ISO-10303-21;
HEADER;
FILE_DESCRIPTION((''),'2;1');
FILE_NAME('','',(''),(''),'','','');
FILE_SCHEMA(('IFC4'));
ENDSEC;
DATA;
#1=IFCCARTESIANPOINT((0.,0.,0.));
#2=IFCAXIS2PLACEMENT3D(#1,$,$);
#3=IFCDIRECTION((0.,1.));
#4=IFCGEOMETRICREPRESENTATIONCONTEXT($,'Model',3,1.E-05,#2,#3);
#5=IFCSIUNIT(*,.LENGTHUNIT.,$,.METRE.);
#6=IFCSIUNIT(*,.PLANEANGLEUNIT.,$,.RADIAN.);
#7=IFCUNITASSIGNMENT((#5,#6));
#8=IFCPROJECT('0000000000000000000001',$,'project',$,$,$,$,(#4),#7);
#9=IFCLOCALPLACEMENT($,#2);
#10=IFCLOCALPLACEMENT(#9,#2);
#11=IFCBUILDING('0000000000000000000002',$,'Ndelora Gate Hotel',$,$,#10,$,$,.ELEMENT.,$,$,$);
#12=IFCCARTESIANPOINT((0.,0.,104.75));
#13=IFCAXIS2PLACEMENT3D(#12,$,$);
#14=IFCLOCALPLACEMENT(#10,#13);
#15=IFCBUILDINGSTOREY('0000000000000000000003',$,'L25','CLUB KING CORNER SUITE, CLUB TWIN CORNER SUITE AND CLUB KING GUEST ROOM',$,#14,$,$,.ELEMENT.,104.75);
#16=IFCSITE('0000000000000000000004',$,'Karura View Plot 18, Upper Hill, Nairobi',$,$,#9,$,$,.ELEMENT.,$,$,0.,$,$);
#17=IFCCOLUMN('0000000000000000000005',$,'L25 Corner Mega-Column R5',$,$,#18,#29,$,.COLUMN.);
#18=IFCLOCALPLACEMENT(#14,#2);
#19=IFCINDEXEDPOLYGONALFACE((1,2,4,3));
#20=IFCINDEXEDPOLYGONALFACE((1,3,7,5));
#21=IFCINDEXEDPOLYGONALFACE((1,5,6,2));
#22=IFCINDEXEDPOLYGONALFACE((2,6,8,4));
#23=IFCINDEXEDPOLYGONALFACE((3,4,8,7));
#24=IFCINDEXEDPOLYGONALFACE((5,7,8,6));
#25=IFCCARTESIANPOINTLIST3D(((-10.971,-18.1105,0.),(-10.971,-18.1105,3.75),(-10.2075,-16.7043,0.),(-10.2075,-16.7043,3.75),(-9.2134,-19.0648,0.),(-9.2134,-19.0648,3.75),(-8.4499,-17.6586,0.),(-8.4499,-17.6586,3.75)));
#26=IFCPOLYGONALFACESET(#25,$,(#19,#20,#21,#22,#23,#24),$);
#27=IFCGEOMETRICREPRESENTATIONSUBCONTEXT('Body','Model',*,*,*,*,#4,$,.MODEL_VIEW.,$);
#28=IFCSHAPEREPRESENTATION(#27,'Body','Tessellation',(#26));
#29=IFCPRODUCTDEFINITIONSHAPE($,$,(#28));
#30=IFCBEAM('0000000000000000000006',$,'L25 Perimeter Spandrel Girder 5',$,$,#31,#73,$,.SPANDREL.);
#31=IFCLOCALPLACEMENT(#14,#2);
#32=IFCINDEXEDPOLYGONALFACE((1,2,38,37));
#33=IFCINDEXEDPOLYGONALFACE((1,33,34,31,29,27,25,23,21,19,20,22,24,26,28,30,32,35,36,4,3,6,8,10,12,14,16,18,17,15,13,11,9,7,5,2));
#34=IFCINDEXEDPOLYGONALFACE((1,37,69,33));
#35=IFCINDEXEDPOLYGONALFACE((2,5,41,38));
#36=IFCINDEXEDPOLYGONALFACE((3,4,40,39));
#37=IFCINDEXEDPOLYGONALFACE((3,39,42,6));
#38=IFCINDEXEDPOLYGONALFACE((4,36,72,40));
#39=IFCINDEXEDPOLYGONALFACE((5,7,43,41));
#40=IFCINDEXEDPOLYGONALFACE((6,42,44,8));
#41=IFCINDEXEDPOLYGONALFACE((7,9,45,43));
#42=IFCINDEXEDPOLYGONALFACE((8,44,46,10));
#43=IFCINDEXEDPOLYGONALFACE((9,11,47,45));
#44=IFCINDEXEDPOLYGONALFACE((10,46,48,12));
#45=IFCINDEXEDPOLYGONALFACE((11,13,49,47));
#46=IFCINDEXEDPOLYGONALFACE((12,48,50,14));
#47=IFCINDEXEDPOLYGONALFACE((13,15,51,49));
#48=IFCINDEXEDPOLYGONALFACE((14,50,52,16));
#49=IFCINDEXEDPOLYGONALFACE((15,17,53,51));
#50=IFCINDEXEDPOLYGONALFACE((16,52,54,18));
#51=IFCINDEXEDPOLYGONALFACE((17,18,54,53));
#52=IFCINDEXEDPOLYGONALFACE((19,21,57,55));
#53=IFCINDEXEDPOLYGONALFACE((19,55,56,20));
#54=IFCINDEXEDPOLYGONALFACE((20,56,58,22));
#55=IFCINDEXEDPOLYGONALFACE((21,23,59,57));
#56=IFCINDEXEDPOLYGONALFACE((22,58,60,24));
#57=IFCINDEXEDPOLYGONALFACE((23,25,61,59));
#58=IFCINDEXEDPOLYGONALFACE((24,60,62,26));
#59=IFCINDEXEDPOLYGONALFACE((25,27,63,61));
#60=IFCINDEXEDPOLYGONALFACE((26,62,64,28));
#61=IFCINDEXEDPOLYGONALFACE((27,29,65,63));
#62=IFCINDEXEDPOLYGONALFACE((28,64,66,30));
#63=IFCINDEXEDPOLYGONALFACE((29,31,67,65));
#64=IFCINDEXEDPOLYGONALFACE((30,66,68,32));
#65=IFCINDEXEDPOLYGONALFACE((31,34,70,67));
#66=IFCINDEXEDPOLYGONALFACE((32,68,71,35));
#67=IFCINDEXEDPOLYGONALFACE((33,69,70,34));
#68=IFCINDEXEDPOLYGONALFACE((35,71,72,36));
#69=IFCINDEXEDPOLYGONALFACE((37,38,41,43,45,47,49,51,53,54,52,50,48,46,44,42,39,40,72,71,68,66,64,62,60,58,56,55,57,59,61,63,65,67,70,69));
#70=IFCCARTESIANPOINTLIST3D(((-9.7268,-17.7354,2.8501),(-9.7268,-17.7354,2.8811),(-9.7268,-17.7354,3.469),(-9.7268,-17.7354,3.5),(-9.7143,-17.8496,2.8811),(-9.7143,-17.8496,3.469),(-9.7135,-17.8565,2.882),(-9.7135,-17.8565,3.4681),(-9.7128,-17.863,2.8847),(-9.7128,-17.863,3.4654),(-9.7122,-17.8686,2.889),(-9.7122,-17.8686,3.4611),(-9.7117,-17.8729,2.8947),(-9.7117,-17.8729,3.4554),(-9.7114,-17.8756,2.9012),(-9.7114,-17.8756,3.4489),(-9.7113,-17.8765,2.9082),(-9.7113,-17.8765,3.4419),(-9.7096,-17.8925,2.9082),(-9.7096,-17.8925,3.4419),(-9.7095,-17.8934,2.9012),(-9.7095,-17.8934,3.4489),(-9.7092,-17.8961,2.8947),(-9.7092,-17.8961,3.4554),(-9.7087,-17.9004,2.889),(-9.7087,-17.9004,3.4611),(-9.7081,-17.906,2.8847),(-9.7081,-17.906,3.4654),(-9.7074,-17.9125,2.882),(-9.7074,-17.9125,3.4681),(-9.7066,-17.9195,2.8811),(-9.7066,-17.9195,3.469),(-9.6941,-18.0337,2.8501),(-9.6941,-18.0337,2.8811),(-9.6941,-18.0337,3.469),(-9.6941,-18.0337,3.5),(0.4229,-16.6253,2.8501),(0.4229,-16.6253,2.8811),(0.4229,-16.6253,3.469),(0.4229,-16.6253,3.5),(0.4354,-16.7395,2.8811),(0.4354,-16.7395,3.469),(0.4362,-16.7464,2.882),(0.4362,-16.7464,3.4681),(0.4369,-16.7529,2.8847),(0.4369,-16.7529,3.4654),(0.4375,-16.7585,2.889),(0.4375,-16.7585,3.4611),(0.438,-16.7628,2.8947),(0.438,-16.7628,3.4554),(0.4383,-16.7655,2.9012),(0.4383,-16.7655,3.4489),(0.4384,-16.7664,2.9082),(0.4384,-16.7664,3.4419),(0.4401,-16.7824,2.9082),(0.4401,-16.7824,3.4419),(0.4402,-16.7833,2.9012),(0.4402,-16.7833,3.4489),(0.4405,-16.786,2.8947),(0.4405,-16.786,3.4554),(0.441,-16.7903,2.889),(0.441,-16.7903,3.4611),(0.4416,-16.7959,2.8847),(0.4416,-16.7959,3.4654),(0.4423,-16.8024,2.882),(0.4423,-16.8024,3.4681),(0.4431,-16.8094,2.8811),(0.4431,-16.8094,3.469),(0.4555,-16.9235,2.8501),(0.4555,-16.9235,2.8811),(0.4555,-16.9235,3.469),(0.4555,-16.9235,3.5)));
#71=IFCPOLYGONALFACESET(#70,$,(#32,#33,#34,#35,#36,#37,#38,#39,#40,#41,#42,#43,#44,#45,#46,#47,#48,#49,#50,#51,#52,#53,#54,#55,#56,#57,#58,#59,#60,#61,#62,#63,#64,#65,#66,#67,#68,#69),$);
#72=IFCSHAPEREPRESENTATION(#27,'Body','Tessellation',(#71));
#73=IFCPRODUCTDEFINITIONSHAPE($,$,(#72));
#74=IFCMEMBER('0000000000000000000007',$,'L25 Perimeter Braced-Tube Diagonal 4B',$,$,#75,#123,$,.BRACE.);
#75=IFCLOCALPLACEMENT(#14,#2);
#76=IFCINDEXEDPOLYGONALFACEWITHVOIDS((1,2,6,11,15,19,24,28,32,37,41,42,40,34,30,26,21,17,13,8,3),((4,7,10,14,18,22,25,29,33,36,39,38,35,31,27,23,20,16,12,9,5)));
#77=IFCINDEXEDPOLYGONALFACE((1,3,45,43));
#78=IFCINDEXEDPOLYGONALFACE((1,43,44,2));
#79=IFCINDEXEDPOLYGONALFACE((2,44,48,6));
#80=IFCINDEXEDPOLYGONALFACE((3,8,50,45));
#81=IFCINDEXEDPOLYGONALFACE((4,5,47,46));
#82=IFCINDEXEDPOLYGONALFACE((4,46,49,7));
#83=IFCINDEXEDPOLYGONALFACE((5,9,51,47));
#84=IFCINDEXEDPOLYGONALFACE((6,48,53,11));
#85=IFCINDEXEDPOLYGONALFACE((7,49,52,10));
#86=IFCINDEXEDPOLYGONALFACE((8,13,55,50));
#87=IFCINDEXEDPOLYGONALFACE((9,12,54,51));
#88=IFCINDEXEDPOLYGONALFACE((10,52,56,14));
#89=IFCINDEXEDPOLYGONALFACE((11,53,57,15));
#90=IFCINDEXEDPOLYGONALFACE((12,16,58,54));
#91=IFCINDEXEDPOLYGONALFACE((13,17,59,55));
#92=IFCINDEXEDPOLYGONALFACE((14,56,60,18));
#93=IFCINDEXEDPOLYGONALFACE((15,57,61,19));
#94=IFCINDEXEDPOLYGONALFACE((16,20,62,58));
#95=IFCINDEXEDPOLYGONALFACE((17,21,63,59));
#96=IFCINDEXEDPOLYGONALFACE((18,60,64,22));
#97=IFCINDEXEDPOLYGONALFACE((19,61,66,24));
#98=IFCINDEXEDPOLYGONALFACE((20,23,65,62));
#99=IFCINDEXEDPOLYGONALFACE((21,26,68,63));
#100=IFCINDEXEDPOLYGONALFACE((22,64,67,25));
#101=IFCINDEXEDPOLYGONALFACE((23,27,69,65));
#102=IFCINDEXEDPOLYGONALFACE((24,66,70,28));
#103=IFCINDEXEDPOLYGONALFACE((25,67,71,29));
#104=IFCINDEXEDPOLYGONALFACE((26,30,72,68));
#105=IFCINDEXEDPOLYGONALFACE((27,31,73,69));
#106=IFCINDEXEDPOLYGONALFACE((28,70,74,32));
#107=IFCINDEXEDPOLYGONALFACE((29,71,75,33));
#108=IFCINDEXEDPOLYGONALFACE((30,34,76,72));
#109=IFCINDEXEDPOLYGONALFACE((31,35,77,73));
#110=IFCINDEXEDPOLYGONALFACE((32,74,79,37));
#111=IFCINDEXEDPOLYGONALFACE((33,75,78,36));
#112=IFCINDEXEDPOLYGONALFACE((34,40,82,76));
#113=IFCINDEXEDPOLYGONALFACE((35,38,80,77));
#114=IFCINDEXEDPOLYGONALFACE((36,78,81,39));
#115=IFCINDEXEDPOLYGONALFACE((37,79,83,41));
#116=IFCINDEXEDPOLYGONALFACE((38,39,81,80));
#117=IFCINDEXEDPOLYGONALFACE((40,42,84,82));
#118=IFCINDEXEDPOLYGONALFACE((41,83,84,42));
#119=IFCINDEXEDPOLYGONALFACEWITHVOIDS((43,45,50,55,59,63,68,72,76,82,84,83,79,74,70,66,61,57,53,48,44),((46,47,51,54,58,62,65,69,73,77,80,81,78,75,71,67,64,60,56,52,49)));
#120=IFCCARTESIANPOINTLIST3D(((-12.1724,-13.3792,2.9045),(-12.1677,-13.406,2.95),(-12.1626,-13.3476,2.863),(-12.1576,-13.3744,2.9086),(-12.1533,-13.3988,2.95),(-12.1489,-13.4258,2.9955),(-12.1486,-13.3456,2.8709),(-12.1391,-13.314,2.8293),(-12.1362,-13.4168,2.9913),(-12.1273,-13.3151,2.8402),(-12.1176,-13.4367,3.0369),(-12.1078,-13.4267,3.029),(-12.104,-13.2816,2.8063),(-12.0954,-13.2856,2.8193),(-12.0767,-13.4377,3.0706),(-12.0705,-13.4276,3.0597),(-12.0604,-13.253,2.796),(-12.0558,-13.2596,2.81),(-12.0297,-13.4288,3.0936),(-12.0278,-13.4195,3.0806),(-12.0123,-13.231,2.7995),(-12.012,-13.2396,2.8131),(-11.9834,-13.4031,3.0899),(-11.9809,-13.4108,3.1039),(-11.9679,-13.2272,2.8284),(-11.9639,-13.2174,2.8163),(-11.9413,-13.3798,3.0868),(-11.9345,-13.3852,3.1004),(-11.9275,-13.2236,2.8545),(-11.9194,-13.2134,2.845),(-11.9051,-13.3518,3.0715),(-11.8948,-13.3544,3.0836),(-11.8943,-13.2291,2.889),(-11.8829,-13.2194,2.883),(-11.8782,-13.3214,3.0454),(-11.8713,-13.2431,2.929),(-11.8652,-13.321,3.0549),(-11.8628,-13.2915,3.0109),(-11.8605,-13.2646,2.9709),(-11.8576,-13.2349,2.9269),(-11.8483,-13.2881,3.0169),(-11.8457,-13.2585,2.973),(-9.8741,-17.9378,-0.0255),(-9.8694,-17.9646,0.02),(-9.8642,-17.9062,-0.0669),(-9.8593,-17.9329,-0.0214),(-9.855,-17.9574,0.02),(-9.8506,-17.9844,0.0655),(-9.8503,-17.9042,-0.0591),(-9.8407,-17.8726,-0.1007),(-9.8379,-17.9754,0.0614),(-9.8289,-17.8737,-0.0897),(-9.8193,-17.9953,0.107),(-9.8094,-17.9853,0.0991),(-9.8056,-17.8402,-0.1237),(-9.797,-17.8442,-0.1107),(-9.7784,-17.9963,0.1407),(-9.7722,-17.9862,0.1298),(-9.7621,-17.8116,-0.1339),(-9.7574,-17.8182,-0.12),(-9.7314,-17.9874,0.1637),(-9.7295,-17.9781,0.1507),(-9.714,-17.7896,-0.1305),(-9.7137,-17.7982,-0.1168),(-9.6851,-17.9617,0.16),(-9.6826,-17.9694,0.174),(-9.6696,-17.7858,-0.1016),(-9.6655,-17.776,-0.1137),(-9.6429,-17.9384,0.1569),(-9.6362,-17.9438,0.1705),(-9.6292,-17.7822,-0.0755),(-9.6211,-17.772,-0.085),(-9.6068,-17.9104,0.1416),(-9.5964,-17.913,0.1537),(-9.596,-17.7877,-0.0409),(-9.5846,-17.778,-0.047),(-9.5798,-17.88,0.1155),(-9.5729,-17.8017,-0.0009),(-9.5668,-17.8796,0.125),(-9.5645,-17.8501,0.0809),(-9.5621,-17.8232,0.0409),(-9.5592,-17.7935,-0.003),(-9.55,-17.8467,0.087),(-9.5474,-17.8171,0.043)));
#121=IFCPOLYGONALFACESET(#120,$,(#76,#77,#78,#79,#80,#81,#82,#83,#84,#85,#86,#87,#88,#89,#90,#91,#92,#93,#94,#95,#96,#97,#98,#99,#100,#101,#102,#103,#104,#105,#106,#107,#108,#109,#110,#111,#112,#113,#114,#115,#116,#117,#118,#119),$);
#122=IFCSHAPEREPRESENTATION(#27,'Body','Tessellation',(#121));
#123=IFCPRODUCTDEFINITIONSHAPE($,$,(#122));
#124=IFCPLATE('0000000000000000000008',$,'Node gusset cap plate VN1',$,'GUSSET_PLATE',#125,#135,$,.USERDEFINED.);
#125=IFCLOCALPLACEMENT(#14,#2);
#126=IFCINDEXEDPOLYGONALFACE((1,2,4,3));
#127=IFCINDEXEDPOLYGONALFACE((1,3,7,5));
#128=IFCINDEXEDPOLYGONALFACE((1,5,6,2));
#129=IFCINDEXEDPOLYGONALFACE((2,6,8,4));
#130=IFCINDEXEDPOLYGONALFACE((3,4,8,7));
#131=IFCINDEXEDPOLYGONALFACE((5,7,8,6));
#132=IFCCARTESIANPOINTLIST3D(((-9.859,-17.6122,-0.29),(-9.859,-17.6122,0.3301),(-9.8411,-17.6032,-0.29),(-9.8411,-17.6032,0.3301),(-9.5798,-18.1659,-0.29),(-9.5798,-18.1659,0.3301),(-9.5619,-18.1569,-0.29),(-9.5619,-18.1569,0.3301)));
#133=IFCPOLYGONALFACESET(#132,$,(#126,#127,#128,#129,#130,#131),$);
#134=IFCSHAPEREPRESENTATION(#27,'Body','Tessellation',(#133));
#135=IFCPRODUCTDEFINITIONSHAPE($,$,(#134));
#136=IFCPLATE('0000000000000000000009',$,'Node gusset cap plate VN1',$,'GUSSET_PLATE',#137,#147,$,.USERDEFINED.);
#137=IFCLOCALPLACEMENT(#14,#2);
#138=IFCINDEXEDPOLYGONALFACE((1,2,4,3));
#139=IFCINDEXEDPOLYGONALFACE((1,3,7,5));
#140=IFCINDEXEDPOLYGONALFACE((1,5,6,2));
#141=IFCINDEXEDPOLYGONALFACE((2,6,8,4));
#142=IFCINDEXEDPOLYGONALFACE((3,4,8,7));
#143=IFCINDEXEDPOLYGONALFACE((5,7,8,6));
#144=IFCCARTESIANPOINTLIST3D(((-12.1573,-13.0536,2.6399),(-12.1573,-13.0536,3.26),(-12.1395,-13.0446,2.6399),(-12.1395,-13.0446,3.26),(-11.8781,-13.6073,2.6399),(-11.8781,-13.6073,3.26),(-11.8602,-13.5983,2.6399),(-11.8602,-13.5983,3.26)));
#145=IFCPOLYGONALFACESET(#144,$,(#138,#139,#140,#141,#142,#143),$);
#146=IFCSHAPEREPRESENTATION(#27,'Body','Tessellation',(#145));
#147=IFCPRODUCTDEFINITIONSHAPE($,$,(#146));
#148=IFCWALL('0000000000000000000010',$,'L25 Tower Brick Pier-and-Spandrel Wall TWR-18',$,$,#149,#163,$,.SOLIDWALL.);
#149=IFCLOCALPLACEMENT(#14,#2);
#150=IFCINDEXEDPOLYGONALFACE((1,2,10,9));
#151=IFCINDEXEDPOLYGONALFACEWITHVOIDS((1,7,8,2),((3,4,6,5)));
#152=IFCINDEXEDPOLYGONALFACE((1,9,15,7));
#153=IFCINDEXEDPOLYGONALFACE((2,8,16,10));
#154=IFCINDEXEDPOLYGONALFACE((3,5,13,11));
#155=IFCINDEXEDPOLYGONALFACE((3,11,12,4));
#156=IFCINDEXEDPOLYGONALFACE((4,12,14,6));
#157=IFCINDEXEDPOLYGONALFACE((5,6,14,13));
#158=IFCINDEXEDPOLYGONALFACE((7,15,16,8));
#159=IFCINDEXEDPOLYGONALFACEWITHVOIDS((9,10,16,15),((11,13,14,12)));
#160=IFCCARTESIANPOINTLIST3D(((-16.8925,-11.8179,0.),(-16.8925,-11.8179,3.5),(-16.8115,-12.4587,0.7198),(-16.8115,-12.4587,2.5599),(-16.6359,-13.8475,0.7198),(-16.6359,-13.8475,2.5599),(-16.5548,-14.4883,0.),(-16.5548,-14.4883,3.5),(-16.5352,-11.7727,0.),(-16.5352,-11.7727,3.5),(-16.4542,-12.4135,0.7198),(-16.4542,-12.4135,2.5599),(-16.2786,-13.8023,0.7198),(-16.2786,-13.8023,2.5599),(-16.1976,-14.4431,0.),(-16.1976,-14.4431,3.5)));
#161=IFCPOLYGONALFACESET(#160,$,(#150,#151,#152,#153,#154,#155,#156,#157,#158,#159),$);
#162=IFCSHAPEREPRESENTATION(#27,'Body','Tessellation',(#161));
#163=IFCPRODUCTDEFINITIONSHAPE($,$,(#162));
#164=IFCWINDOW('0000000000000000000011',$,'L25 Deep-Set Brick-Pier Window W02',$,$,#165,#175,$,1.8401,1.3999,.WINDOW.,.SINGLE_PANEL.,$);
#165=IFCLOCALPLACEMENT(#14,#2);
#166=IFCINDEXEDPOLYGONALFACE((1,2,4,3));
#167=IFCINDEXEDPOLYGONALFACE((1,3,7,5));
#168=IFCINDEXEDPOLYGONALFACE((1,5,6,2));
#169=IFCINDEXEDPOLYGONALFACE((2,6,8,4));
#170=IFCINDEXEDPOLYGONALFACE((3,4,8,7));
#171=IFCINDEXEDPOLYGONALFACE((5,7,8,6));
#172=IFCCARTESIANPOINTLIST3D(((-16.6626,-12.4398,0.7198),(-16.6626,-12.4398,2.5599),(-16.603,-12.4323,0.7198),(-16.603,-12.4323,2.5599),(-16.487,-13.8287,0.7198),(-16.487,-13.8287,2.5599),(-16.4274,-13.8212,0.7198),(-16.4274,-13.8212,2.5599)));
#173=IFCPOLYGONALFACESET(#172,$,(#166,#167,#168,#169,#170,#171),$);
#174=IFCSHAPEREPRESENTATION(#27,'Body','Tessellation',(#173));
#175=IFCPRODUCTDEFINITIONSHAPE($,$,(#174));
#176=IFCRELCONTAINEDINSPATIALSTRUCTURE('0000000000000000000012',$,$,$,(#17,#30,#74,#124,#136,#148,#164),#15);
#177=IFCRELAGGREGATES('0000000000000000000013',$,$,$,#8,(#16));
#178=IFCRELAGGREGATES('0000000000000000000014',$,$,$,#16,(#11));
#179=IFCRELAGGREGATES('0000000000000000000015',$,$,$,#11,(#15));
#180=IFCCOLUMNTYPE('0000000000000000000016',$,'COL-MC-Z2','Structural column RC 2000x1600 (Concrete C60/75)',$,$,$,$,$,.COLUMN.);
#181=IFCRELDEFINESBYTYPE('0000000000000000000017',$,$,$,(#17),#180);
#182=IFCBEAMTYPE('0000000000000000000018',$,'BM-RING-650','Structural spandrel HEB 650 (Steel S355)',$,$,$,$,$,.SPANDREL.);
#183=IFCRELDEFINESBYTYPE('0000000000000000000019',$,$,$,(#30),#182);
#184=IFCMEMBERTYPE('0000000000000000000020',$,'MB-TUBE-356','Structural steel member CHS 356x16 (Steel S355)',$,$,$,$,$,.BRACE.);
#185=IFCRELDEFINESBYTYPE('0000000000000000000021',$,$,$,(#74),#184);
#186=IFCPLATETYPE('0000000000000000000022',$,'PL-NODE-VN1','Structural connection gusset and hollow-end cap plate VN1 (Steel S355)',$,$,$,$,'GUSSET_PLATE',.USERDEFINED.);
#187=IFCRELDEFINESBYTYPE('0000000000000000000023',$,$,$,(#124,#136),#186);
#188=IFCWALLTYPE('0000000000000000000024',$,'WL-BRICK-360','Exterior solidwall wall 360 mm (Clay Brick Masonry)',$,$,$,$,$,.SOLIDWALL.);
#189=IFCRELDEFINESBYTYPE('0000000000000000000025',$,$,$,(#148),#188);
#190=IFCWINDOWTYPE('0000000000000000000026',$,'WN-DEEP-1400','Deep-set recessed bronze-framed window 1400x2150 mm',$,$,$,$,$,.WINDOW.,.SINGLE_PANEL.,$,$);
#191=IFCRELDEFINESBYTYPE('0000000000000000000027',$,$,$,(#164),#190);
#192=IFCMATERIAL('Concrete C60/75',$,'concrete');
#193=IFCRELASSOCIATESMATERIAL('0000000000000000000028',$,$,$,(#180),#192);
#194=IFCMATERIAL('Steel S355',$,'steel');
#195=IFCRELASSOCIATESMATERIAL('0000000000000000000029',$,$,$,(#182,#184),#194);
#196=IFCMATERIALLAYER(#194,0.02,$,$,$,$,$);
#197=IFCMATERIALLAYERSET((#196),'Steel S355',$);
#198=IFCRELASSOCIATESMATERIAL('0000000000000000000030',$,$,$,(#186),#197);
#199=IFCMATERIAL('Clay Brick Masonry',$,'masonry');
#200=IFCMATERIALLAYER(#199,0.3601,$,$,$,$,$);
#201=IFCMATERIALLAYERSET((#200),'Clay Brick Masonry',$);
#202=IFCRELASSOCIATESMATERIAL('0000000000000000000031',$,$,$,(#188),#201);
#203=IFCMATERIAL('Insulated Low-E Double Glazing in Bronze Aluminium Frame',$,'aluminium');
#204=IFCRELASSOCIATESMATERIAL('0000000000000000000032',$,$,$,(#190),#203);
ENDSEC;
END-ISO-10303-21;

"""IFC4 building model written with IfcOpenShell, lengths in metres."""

from ifc_helpers import new_model, si_unit, direction, frame, frame_2d, origin, origin_2d, place, context, subcontext, project, spatial, rectangle, hollow_circle, i_section, extrude, material, layer, layer_set, material_profile, profile_set, type_object, element, fill, save


model = new_model("IFC4")

# Units and contexts
model_context = context("Model", 3, precision=1e-05, world=origin(), true_north=direction((0.0, 1.0)))
body_context = subcontext(model_context, "Body", "Model", "MODEL_VIEW")
ifc_project = project(units=[si_unit("LENGTHUNIT", "METRE"), si_unit("PLANEANGLEUNIT", "RADIAN")], contexts=[model_context])

# Site, building, storey
site_placement = place(None, origin())
site = spatial("IfcSite", under=ifc_project, at=site_placement, Name="Karura View Plot 18, Upper Hill, Nairobi", CompositionType="ELEMENT", RefElevation=0.0)
building_placement = place(site_placement, origin())
building = spatial("IfcBuilding", under=site, at=building_placement, Name="Ndelora Gate Hotel", CompositionType="ELEMENT")
storey_placement = place(building_placement, frame((0.0, 0.0, 104.75)))
storey = spatial("IfcBuildingStorey", under=building, at=storey_placement, Name="L25", Description="CLUB KING CORNER SUITE, CLUB TWIN CORNER SUITE AND CLUB KING GUEST ROOM", CompositionType="ELEMENT", Elevation=104.75)

# Column
ifc_material_1 = material(Name="Concrete C60/75", Category="concrete")
ifc_material_profile_1 = material_profile(ifc_material_1, rectangle(XDim=1.6001, YDim=2.0, at=origin_2d()), Name="RC 2000x1600")
ifc_profile_set_1 = profile_set([ifc_material_profile_1], Name="Concrete C60/75")
column_type = type_object("IfcColumnType", Name="COL-MC-Z2", Description="Structural column RC 2000x1600 (Concrete C60/75)", PredefinedType="COLUMN", material=ifc_profile_set_1)
column_placement = place(storey_placement, frame((-9.7104, -17.8845, 0.0), z_axis=(0.0, 0.0, 1.0), x_axis=(0.477159, 0.878817, 0.0)))
element("IfcColumn", 1, at=column_placement, inside=storey, type_object=column_type, Name="L25 Corner Mega-Column R5", PredefinedType="COLUMN", context=body_context, shape_type="SweptSolid", body=[
    extrude(rectangle(XDim=1.6001, YDim=2.0, at=origin_2d()), origin(), (0.0, 0.0, 1.0), 3.75),
])

# Beam
ifc_material_2 = material(Name="Steel S355", Category="steel")
ifc_material_profile_2 = material_profile(ifc_material_2, i_section(OverallWidth=0.3, OverallDepth=0.6499, WebThickness=0.0161, FlangeThickness=0.031, FilletRadius=0.0271, at=origin_2d()), Name="HEB 650")
ifc_profile_set_2 = profile_set([ifc_material_profile_2], Name="Steel S355")
beam_type = type_object("IfcBeamType", Name="BM-RING-650", Description="Structural spandrel HEB 650 (Steel S355)", PredefinedType="SPANDREL", material=ifc_profile_set_2)
beam_placement = place(storey_placement, frame((-9.7104, -17.8845, 3.175), z_axis=(0.994072, 0.108725, 0.0), x_axis=(-0.108725, 0.994072, 0.0)))
element("IfcBeam", 2, at=beam_placement, inside=storey, type_object=beam_type, Name="L25 Perimeter Spandrel Girder 5", PredefinedType="SPANDREL", context=body_context, shape_type="SweptSolid", body=[
    extrude(i_section(OverallWidth=0.3, OverallDepth=0.6499, WebThickness=0.0161, FlangeThickness=0.031, FilletRadius=0.0271, at=origin_2d()), origin(), (0.0, 0.0, 1.0), 10.2102),
])

# Member
ifc_material_profile_3 = material_profile(ifc_material_2, hollow_circle(Radius=0.178, WallThickness=0.0161, at=origin_2d()), Name="CHS 356x16")
ifc_profile_set_3 = profile_set([ifc_material_profile_3], Name="Steel S355")
member_type = type_object("IfcMemberType", Name="MB-TUBE-356", Description="Structural steel member CHS 356x16 (Steel S355)", PredefinedType="BRACE", material=ifc_profile_set_3)
member_placement = place(storey_placement, frame((-9.7104, -17.8845, 0.02), z_axis=(-0.390461, 0.774451, 0.497761), x_axis=(-0.89293, -0.450195, 0.0)))
element("IfcMember", 3, at=member_placement, inside=storey, type_object=member_type, Name="L25 Perimeter Braced-Tube Diagonal 4B", PredefinedType="BRACE", context=body_context, shape_type="SweptSolid", body=[
    extrude(hollow_circle(Radius=0.178, WallThickness=0.0161, at=origin_2d()), origin(), (0.0, 0.0, 1.0), 5.8862),
])

# Plates
ifc_layer_1 = layer(ifc_material_2, 0.02)
ifc_layer_set_1 = layer_set([ifc_layer_1], Name="Steel S355")
plate_type = type_object("IfcPlateType", Name="PL-NODE-VN1", Description="Structural connection gusset and hollow-end cap plate VN1 (Steel S355)", ElementType="GUSSET_PLATE", PredefinedType="USERDEFINED", material=ifc_layer_set_1)
for number, where, z_axis, x_axis, name in (
    (4, (-9.7104, -17.8845, -0.29), (0.0, 0.0, 1.0), (-0.450254, 0.8929, 0.0), "Node gusset cap plate VN1"),
    (5, (-12.0088, -13.3259, 2.6399), (0.0, 0.0, 1.0), (-0.450254, 0.8929, 0.0), "Node gusset cap plate VN1"),
):
    element("IfcPlate", number, at=place(storey_placement, frame(where, z_axis=z_axis, x_axis=x_axis)), inside=storey, type_object=plate_type, Name=name, ObjectType="GUSSET_PLATE", PredefinedType="USERDEFINED", context=body_context, shape_type="SweptSolid", body=[
        extrude(rectangle(XDim=0.6201, YDim=0.02, at=origin_2d()), origin(), (0.0, 0.0, 1.0), 0.6201),
    ])

# Wall, opening, window
ifc_material_3 = material(Name="Clay Brick Masonry", Category="masonry")
ifc_layer_2 = layer(ifc_material_3, 0.3601)
ifc_layer_set_2 = layer_set([ifc_layer_2], Name="Clay Brick Masonry")
wall_type = type_object("IfcWallType", Name="WL-BRICK-360", Description="Exterior solidwall wall 360 mm (Clay Brick Masonry)", PredefinedType="SOLIDWALL", material=ifc_layer_set_2)
wall_1_placement = place(storey_placement, frame((-16.3762, -14.4656, 0.0), z_axis=(0.0, 0.0, 1.0), x_axis=(-0.125441, 0.992101, 0.0)))
wall_1 = element("IfcWall", 6, at=wall_1_placement, inside=storey, type_object=wall_type, Name="L25 Tower Brick Pier-and-Spandrel Wall TWR-18", PredefinedType="SOLIDWALL", context=body_context, shape_type="SweptSolid", body=[
    extrude(rectangle(XDim=2.6917, YDim=0.3601, at=frame_2d((1.3457, 0.0))), origin(), (0.0, 0.0, 1.0), 3.5),
])
opening_1_placement = place(wall_1_placement, frame((0.6458, 0.0, 0.72)))
opening_1 = element("IfcOpeningElement", 7, at=opening_1_placement, cuts=wall_1, PredefinedType="OPENING", context=body_context, shape_type="SweptSolid", body=[
    extrude(rectangle(XDim=1.3999, YDim=1.8401, at=frame_2d((0.7, 0.9199))), frame((0.0, 0.1899, 0.0), z_axis=(0.0, -1.0, 0.0), x_axis=(1.0, 0.0, 0.0)), (0.0, 0.0, 1.0), 0.3801),
])
ifc_material_4 = material(Name="Insulated Low-E Double Glazing in Bronze Aluminium Frame", Category="aluminium")
window_type_1 = type_object("IfcWindowType", Name="WN-DEEP-1400", Description="Deep-set recessed bronze-framed window 1400x2150 mm", PartitioningType="SINGLE_PANEL", PredefinedType="WINDOW", material=ifc_material_4)
window_1_placement = place(opening_1_placement, origin())
window_1 = element("IfcWindow", 8, at=window_1_placement, inside=storey, type_object=window_type_1, Name="L25 Deep-Set Brick-Pier Window W02", OverallHeight=1.8401, OverallWidth=1.3999, PartitioningType="SINGLE_PANEL", PredefinedType="WINDOW", context=body_context, shape_type="SweptSolid", body=[
    extrude(rectangle(XDim=1.3999, YDim=1.8401, at=frame_2d((0.7, 0.9199))), frame((0.0, 0.03, 0.0), z_axis=(0.0, -1.0, 0.0), x_axis=(1.0, 0.0, 0.0)), (0.0, 0.0, 1.0), 0.0601),
])
fill(opening_1, window_1)

save(model, "model.ifc")
